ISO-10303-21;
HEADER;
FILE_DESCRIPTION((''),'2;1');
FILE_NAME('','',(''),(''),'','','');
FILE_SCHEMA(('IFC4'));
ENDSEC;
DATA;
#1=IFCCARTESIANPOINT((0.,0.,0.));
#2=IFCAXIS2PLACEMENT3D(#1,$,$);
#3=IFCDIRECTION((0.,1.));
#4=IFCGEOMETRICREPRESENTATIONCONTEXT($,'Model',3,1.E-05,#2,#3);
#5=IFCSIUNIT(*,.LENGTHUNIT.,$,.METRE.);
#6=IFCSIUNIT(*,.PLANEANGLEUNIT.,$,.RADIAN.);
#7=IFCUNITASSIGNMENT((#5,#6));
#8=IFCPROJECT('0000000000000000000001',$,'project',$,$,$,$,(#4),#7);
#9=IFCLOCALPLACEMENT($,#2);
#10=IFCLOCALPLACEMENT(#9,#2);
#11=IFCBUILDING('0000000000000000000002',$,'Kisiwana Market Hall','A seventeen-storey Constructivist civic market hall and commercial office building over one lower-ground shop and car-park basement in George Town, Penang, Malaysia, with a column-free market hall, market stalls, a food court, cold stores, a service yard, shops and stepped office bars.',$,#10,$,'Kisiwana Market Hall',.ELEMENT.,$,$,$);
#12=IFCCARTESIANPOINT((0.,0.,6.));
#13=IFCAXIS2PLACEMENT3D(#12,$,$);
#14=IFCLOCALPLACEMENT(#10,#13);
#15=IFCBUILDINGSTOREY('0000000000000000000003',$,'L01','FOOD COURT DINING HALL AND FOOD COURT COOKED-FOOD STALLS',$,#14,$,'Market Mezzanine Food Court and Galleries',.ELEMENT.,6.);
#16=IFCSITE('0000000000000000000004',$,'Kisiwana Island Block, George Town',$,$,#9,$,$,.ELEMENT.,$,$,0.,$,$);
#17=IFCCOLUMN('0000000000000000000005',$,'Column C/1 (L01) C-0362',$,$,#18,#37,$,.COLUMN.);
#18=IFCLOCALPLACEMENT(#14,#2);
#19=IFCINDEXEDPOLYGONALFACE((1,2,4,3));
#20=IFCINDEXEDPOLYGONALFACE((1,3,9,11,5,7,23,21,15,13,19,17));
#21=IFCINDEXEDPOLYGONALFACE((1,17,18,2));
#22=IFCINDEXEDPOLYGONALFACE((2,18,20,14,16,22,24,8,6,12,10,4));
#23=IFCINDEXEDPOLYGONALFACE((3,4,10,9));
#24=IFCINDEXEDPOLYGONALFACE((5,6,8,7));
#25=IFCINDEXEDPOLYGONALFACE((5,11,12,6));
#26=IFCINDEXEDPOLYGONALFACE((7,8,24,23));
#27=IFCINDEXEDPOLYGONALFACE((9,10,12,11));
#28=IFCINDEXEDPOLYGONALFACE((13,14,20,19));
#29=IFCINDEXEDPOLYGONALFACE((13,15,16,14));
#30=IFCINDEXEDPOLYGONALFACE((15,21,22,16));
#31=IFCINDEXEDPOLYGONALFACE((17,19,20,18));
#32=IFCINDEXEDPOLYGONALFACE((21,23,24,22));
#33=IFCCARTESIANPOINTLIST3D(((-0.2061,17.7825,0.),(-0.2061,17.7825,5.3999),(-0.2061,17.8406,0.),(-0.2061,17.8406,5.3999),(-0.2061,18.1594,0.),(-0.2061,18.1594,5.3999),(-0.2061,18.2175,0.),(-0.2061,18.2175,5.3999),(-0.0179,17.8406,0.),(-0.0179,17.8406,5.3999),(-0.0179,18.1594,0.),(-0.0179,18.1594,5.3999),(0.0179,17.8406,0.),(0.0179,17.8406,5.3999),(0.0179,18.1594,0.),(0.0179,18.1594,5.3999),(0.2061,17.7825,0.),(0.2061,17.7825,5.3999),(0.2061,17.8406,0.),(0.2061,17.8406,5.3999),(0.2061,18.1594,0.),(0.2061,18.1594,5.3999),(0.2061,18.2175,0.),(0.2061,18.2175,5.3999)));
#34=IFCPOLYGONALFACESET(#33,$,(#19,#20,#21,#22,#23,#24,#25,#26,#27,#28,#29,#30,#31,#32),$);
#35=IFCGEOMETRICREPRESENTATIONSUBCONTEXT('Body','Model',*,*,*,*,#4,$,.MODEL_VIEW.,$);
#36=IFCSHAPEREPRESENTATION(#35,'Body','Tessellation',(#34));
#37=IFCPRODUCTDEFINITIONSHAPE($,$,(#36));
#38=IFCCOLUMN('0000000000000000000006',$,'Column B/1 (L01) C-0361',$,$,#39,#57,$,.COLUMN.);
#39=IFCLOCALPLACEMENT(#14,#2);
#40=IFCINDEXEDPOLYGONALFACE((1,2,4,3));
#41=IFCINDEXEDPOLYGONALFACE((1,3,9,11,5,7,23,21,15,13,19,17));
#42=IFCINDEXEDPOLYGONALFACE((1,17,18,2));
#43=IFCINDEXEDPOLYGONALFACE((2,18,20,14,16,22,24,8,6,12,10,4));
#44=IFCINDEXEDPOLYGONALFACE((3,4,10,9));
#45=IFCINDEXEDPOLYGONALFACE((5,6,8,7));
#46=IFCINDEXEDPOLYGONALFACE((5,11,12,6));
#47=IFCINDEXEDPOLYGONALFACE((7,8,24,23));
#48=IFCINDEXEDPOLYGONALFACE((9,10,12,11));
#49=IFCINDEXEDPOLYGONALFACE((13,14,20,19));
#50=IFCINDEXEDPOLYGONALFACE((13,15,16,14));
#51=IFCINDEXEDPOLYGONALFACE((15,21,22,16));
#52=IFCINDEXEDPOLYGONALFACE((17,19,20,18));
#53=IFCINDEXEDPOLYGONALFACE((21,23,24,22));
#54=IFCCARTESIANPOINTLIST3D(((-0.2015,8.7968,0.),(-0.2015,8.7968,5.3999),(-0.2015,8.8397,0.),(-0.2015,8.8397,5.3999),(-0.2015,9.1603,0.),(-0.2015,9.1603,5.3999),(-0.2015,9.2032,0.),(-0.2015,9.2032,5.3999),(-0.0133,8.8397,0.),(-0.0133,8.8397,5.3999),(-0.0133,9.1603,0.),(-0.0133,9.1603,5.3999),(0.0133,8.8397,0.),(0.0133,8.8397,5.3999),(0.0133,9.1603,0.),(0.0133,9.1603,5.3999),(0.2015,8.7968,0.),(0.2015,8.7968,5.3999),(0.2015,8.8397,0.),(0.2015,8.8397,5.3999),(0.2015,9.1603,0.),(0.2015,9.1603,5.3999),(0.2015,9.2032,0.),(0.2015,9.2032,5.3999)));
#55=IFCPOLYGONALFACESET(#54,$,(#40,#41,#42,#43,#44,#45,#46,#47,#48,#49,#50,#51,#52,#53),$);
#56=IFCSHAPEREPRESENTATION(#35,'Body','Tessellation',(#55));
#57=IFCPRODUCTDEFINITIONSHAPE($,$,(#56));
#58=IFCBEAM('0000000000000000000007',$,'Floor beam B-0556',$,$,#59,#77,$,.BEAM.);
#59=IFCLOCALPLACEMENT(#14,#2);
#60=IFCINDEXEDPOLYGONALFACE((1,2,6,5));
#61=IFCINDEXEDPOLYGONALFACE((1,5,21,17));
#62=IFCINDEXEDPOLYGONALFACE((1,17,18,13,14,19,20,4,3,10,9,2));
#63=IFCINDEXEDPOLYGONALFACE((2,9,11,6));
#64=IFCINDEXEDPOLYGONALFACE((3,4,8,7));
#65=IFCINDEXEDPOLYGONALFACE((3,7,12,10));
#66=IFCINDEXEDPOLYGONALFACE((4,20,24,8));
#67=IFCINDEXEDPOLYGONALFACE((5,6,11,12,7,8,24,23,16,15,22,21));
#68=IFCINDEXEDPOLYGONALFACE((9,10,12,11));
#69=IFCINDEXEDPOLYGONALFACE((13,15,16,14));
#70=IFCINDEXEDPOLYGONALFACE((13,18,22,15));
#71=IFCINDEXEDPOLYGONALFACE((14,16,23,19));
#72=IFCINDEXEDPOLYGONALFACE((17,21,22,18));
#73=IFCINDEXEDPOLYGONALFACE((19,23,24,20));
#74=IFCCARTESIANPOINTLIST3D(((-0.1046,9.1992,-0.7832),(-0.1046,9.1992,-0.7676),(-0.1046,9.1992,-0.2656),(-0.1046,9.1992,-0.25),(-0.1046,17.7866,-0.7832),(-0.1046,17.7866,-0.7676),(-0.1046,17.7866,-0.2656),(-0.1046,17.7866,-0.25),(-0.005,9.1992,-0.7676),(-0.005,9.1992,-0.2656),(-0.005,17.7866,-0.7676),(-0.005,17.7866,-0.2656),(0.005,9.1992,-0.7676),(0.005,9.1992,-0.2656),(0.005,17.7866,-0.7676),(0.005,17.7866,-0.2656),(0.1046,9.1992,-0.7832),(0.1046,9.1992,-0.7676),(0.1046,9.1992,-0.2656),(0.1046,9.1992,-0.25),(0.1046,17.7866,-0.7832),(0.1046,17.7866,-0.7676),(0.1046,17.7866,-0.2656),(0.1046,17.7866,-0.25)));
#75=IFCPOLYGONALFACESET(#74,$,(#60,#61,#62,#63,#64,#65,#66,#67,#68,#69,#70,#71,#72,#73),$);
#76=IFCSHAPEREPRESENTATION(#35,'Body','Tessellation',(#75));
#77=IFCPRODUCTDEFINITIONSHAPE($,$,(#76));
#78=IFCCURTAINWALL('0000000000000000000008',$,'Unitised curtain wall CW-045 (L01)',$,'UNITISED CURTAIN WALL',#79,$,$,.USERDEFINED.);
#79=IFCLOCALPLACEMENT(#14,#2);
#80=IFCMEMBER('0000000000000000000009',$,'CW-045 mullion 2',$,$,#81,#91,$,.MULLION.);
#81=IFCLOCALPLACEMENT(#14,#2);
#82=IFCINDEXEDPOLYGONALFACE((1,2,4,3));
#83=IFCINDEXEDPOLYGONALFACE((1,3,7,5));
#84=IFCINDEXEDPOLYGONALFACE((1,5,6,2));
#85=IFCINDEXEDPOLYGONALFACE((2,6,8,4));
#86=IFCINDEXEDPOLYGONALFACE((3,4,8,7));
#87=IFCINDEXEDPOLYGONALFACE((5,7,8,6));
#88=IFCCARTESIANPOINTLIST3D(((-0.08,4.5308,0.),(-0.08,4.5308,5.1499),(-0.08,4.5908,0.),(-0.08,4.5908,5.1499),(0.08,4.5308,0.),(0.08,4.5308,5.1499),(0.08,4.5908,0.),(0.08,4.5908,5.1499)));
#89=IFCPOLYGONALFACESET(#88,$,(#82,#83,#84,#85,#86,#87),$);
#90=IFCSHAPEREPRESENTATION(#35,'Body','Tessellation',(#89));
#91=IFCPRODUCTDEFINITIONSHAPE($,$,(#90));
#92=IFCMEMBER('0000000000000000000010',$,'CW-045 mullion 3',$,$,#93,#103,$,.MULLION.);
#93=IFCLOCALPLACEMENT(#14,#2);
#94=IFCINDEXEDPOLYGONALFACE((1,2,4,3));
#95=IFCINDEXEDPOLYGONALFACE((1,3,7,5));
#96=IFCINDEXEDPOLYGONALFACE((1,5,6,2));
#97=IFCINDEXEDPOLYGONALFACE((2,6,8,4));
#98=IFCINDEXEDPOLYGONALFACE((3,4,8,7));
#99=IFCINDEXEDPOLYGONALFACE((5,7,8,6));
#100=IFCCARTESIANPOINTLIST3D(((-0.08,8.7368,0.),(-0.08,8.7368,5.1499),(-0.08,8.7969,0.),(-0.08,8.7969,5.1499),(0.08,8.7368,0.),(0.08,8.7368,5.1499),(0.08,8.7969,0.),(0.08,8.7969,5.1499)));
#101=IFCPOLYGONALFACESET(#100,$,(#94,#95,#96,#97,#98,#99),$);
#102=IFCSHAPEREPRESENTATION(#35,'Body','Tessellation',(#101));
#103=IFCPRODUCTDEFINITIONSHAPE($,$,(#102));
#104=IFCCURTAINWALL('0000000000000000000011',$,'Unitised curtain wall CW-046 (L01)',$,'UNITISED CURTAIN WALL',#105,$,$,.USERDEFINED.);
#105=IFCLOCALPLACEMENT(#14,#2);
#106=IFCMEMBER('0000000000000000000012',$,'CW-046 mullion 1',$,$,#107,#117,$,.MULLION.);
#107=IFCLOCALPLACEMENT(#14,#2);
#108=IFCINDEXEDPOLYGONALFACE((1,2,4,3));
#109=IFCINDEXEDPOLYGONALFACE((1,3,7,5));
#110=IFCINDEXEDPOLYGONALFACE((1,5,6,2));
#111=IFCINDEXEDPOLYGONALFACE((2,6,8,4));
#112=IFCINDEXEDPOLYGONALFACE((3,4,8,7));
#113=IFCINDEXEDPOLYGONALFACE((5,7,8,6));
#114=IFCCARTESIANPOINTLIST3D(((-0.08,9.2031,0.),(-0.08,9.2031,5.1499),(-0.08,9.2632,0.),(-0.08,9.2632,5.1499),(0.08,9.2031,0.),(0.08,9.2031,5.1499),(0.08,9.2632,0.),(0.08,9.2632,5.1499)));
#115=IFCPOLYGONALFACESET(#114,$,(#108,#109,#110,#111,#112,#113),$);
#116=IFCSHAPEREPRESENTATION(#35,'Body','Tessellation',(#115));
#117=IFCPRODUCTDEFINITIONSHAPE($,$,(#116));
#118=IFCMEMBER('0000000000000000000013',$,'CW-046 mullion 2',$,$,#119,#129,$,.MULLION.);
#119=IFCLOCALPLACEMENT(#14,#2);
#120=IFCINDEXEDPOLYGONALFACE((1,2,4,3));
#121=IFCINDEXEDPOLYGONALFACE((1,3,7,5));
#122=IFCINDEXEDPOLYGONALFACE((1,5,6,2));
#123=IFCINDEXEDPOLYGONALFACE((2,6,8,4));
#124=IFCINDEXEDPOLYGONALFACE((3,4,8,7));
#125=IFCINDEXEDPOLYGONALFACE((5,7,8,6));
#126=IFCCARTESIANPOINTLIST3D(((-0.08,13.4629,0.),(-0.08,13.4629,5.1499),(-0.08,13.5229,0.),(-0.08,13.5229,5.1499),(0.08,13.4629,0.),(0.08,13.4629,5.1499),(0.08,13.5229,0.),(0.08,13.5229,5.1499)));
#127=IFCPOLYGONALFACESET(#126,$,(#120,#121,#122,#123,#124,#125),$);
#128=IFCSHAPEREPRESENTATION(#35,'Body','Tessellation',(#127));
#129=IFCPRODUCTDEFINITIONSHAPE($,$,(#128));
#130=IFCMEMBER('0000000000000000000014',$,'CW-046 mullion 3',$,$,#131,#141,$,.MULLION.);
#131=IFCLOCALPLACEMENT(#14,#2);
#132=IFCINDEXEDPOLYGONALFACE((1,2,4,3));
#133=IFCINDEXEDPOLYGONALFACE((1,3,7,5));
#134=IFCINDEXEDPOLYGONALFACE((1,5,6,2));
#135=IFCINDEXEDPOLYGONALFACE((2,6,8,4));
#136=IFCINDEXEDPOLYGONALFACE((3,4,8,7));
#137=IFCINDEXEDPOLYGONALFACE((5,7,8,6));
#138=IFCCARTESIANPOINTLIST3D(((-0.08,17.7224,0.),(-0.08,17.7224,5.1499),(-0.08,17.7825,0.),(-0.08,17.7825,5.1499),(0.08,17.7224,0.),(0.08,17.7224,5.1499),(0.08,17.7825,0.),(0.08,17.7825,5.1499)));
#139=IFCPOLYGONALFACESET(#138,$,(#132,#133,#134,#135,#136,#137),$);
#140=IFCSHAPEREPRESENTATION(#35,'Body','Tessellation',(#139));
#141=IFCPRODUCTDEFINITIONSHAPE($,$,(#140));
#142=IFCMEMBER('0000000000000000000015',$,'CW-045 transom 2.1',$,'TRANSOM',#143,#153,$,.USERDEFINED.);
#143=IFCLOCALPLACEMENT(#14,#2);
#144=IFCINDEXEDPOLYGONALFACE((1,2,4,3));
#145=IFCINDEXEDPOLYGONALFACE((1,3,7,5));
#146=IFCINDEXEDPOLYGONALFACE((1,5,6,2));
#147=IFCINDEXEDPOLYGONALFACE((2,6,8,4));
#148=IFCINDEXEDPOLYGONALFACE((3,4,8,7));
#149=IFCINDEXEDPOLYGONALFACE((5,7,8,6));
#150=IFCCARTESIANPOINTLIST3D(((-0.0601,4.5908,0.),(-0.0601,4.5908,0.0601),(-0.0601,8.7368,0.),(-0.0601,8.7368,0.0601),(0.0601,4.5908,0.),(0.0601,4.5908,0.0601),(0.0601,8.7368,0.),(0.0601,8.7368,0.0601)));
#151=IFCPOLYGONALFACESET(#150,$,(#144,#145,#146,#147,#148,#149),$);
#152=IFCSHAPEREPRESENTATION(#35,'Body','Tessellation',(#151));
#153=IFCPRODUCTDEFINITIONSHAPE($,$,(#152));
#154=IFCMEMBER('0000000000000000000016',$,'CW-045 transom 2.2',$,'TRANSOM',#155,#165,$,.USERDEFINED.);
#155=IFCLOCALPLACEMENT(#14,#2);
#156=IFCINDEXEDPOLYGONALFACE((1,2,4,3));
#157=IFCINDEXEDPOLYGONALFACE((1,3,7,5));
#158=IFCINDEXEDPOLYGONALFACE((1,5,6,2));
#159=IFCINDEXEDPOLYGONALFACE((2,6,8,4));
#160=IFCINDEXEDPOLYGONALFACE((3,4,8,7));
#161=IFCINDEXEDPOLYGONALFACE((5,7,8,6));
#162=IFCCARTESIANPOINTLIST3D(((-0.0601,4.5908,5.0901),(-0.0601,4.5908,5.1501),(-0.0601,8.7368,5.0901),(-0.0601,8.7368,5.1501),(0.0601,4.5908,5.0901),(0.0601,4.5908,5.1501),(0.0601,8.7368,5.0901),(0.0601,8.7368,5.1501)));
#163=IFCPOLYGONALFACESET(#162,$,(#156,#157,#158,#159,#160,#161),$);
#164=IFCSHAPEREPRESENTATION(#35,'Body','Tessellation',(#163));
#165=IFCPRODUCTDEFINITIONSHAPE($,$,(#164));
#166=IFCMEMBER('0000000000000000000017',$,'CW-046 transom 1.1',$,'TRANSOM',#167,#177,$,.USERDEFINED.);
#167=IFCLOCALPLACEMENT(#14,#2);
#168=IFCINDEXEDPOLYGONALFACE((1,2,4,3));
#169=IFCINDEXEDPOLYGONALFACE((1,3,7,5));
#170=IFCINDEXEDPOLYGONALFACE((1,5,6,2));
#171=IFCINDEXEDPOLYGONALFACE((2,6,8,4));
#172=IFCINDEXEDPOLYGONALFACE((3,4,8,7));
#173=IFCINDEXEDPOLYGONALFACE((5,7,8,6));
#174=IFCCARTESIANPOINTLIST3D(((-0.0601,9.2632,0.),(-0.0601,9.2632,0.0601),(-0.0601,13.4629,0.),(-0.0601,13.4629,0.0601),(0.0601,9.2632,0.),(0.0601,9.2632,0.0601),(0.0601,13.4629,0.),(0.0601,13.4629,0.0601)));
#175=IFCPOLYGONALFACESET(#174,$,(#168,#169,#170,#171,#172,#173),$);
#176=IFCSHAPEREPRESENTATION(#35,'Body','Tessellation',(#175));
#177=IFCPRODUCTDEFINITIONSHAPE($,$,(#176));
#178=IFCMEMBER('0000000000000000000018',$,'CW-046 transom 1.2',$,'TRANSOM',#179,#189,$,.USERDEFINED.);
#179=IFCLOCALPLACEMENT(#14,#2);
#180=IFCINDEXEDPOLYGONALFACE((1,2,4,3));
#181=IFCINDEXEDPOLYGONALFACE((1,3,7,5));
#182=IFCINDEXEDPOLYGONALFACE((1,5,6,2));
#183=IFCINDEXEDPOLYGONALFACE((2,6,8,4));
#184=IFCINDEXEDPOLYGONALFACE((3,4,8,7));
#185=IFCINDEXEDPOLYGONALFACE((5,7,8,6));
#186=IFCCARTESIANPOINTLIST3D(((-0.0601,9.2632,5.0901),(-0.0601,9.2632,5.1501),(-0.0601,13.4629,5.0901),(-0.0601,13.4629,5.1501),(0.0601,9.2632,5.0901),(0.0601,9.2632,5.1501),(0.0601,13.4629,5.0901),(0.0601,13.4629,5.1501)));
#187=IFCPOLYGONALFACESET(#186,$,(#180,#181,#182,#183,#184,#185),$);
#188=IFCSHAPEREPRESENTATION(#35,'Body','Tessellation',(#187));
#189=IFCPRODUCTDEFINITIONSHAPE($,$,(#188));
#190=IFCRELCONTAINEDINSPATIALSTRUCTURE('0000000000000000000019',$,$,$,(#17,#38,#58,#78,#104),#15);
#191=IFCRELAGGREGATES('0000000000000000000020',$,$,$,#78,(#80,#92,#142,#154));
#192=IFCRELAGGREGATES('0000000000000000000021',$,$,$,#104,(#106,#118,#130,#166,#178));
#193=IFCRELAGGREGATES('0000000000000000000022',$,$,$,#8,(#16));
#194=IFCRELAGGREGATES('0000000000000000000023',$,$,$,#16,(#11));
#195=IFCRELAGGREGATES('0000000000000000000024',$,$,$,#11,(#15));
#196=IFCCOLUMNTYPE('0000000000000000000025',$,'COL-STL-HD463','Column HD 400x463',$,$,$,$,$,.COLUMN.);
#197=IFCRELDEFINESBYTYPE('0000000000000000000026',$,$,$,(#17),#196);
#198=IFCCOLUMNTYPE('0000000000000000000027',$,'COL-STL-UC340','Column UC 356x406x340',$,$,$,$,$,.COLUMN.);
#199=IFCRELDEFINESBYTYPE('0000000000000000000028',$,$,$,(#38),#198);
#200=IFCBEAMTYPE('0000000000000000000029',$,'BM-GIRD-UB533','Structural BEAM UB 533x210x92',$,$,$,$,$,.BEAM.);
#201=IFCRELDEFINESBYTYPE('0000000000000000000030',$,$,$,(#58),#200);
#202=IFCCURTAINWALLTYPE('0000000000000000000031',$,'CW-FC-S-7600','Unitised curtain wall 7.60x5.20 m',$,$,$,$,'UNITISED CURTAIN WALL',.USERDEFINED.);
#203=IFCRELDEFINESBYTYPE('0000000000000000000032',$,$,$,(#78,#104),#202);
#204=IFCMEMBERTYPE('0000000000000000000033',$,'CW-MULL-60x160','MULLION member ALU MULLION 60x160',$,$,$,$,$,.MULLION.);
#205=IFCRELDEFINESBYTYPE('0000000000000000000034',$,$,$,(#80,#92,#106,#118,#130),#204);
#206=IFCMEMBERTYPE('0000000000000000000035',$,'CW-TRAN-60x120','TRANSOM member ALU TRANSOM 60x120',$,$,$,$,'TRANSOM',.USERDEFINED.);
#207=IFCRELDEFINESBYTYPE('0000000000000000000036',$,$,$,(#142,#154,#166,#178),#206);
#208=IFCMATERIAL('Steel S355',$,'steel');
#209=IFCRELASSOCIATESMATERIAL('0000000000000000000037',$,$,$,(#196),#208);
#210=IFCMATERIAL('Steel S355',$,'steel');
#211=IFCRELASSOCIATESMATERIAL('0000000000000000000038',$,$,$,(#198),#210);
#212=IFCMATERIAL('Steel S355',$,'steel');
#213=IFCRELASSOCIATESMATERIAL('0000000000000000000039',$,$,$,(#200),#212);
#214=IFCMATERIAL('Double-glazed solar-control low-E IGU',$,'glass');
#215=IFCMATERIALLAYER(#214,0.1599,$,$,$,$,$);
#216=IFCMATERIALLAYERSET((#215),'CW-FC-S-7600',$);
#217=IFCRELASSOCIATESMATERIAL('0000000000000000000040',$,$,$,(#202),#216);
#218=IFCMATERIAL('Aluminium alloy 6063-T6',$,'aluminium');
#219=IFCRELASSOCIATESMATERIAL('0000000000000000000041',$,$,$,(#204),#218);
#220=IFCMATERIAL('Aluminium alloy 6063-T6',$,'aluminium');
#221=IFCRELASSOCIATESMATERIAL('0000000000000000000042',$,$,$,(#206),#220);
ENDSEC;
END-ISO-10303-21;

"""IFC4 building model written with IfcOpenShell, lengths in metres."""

from ifc_helpers import new_model, si_unit, direction, frame, origin, origin_2d, place, context, subcontext, project, spatial, rectangle, i_section, extrude, material, layer, layer_set, material_profile, profile_set, type_object, element, aggregate, save


model = new_model("IFC4")

# Units and contexts
model_context = context("Model", 3, precision=1e-05, world=origin(), true_north=direction((0.0, 1.0)))
body_context = subcontext(model_context, "Body", "Model", "MODEL_VIEW")
ifc_project = project(units=[si_unit("LENGTHUNIT", "METRE"), si_unit("PLANEANGLEUNIT", "RADIAN")], contexts=[model_context])

# Site, building, storey
site_placement = place(None, origin())
site = spatial("IfcSite", under=ifc_project, at=site_placement, Name="Kisiwana Island Block, George Town", CompositionType="ELEMENT", RefElevation=0.0)
building_placement = place(site_placement, origin())
building = spatial("IfcBuilding", under=site, at=building_placement, Name="Kisiwana Market Hall", Description="A seventeen-storey Constructivist civic market hall and commercial office building over one lower-ground shop and car-park basement in George Town, Penang, Malaysia, with a column-free market hall, market stalls, a food court, cold stores, a service yard, shops and stepped office bars.", LongName="Kisiwana Market Hall", CompositionType="ELEMENT")
storey_placement = place(building_placement, frame((0.0, 0.0, 6.0)))
storey = spatial("IfcBuildingStorey", under=building, at=storey_placement, Name="L01", Description="FOOD COURT DINING HALL AND FOOD COURT COOKED-FOOD STALLS", LongName="Market Mezzanine Food Court and Galleries", CompositionType="ELEMENT", Elevation=6.0)

# Columns
ifc_material_1 = material(Name="Steel S355", Category="steel")
ifc_material_profile_1 = material_profile(ifc_material_1, i_section(OverallWidth=0.4121, OverallDepth=0.4351, WebThickness=0.0359, FlangeThickness=0.0581, at=origin_2d()), Name="HD 400x463")
ifc_profile_set_1 = profile_set([ifc_material_profile_1], Name="Steel S355")
column_type_1 = type_object("IfcColumnType", Name="COL-STL-HD463", Description="Column HD 400x463", PredefinedType="COLUMN", material=ifc_profile_set_1)
column_1_placement = place(storey_placement, frame((0.0, 18.0, 0.0), z_axis=(0.0, 0.0, 1.0), x_axis=(1.0, 0.0, 0.0)))
element("IfcColumn", 1, at=column_1_placement, inside=storey, type_object=column_type_1, Name="Column C/1 (L01) C-0362", PredefinedType="COLUMN", context=body_context, shape_type="SweptSolid", body=[
    extrude(i_section(OverallWidth=0.4121, OverallDepth=0.4351, WebThickness=0.0359, FlangeThickness=0.0581, at=origin_2d()), origin(), (0.0, 0.0, 1.0), 5.3999),
])
ifc_material_2 = material(Name="Steel S355", Category="steel")
ifc_material_profile_2 = material_profile(ifc_material_2, i_section(OverallWidth=0.4031, OverallDepth=0.4065, WebThickness=0.0266, FlangeThickness=0.043, at=origin_2d()), Name="UC 356x406x340")
ifc_profile_set_2 = profile_set([ifc_material_profile_2], Name="Steel S355")
column_type_2 = type_object("IfcColumnType", Name="COL-STL-UC340", Description="Column UC 356x406x340", PredefinedType="COLUMN", material=ifc_profile_set_2)
column_2_placement = place(storey_placement, frame((0.0, 9.0, 0.0), z_axis=(0.0, 0.0, 1.0), x_axis=(1.0, 0.0, 0.0)))
element("IfcColumn", 2, at=column_2_placement, inside=storey, type_object=column_type_2, Name="Column B/1 (L01) C-0361", PredefinedType="COLUMN", context=body_context, shape_type="SweptSolid", body=[
    extrude(i_section(OverallWidth=0.4031, OverallDepth=0.4065, WebThickness=0.0266, FlangeThickness=0.043, at=origin_2d()), origin(), (0.0, 0.0, 1.0), 5.3999),
])

# Beam
ifc_material_3 = material(Name="Steel S355", Category="steel")
ifc_material_profile_3 = material_profile(ifc_material_3, i_section(OverallWidth=0.2092, OverallDepth=0.5332, WebThickness=0.01, FlangeThickness=0.0156, at=origin_2d()), Name="UB 533x210x92")
ifc_profile_set_3 = profile_set([ifc_material_profile_3], Name="Steel S355")
beam_type = type_object("IfcBeamType", Name="BM-GIRD-UB533", Description="Structural BEAM UB 533x210x92", PredefinedType="BEAM", material=ifc_profile_set_3)
beam_placement = place(storey_placement, frame((0.0, 9.1992, -0.5166), z_axis=(0.0, 1.0, 0.0), x_axis=(-1.0, 0.0, 0.0)))
element("IfcBeam", 3, at=beam_placement, inside=storey, type_object=beam_type, Name="Floor beam B-0556", PredefinedType="BEAM", context=body_context, shape_type="SweptSolid", body=[
    extrude(i_section(OverallWidth=0.2092, OverallDepth=0.5332, WebThickness=0.01, FlangeThickness=0.0156, at=origin_2d()), origin(), (0.0, 0.0, 1.0), 8.5874),
])

# Curtain walls, members
ifc_material_4 = material(Name="Double-glazed solar-control low-E IGU", Category="glass")
ifc_layer_1 = layer(ifc_material_4, 0.1599)
ifc_layer_set_1 = layer_set([ifc_layer_1], Name="CW-FC-S-7600")
curtain_wall_type = type_object("IfcCurtainWallType", Name="CW-FC-S-7600", Description="Unitised curtain wall 7.60x5.20 m", ElementType="UNITISED CURTAIN WALL", PredefinedType="USERDEFINED", material=ifc_layer_set_1)
curtain_wall_1_placement = place(storey_placement, origin())
curtain_wall_1 = element("IfcCurtainWall", 4, at=curtain_wall_1_placement, inside=storey, type_object=curtain_wall_type, Name="Unitised curtain wall CW-045 (L01)", ObjectType="UNITISED CURTAIN WALL", PredefinedType="USERDEFINED")
ifc_material_5 = material(Name="Aluminium alloy 6063-T6", Category="aluminium")
ifc_material_profile_4 = material_profile(ifc_material_5, rectangle(XDim=0.0601, YDim=0.1599, at=origin_2d()), Name="ALU MULLION 60x160")
ifc_profile_set_4 = profile_set([ifc_material_profile_4], Name="Aluminium alloy 6063-T6")
member_type_1 = type_object("IfcMemberType", Name="CW-MULL-60x160", Description="MULLION member ALU MULLION 60x160", PredefinedType="MULLION", material=ifc_profile_set_4)
member_1_placement = place(storey_placement, frame((0.0, 4.5608, 0.0), z_axis=(0.0, 0.0, 1.0), x_axis=(0.0, 1.0, 0.0)))
member_1 = element("IfcMember", 5, at=member_1_placement, type_object=member_type_1, Name="CW-045 mullion 2", PredefinedType="MULLION", context=body_context, shape_type="SweptSolid", body=[
    extrude(rectangle(XDim=0.0601, YDim=0.1599, at=origin_2d()), origin(), (0.0, 0.0, 1.0), 5.1499),
])
member_2_placement = place(storey_placement, frame((0.0, 8.7668, 0.0), z_axis=(0.0, 0.0, 1.0), x_axis=(0.0, 1.0, 0.0)))
member_2 = element("IfcMember", 6, at=member_2_placement, type_object=member_type_1, Name="CW-045 mullion 3", PredefinedType="MULLION", context=body_context, shape_type="SweptSolid", body=[
    extrude(rectangle(XDim=0.0601, YDim=0.1599, at=origin_2d()), origin(), (0.0, 0.0, 1.0), 5.1499),
])
curtain_wall_2_placement = place(storey_placement, origin())
curtain_wall_2 = element("IfcCurtainWall", 7, at=curtain_wall_2_placement, inside=storey, type_object=curtain_wall_type, Name="Unitised curtain wall CW-046 (L01)", ObjectType="UNITISED CURTAIN WALL", PredefinedType="USERDEFINED")
member_3_placement = place(storey_placement, frame((0.0, 9.2332, 0.0), z_axis=(0.0, 0.0, 1.0), x_axis=(0.0, 1.0, 0.0)))
member_3 = element("IfcMember", 8, at=member_3_placement, type_object=member_type_1, Name="CW-046 mullion 1", PredefinedType="MULLION", context=body_context, shape_type="SweptSolid", body=[
    extrude(rectangle(XDim=0.0601, YDim=0.1599, at=origin_2d()), origin(), (0.0, 0.0, 1.0), 5.1499),
])
member_4_placement = place(storey_placement, frame((0.0, 13.4929, 0.0), z_axis=(0.0, 0.0, 1.0), x_axis=(0.0, 1.0, 0.0)))
member_4 = element("IfcMember", 9, at=member_4_placement, type_object=member_type_1, Name="CW-046 mullion 2", PredefinedType="MULLION", context=body_context, shape_type="SweptSolid", body=[
    extrude(rectangle(XDim=0.0601, YDim=0.1599, at=origin_2d()), origin(), (0.0, 0.0, 1.0), 5.1499),
])
member_5_placement = place(storey_placement, frame((0.0, 17.7524, 0.0), z_axis=(0.0, 0.0, 1.0), x_axis=(0.0, 1.0, 0.0)))
member_5 = element("IfcMember", 10, at=member_5_placement, type_object=member_type_1, Name="CW-046 mullion 3", PredefinedType="MULLION", context=body_context, shape_type="SweptSolid", body=[
    extrude(rectangle(XDim=0.0601, YDim=0.1599, at=origin_2d()), origin(), (0.0, 0.0, 1.0), 5.1499),
])

# Members
ifc_material_6 = material(Name="Aluminium alloy 6063-T6", Category="aluminium")
ifc_material_profile_5 = material_profile(ifc_material_6, rectangle(XDim=0.1201, YDim=0.0601, at=origin_2d()), Name="ALU TRANSOM 60x120")
ifc_profile_set_5 = profile_set([ifc_material_profile_5], Name="Aluminium alloy 6063-T6")
member_type_2 = type_object("IfcMemberType", Name="CW-TRAN-60x120", Description="TRANSOM member ALU TRANSOM 60x120", ElementType="TRANSOM", PredefinedType="USERDEFINED", material=ifc_profile_set_5)
member_6_placement = place(storey_placement, frame((0.0, 4.5908, 0.03), z_axis=(0.0, 1.0, 0.0), x_axis=(-1.0, 0.0, 0.0)))
member_6 = element("IfcMember", 11, at=member_6_placement, type_object=member_type_2, Name="CW-045 transom 2.1", ObjectType="TRANSOM", PredefinedType="USERDEFINED", context=body_context, shape_type="SweptSolid", body=[
    extrude(rectangle(XDim=0.1201, YDim=0.0601, at=origin_2d()), origin(), (0.0, 0.0, 1.0), 4.146),
])
member_7_placement = place(storey_placement, frame((0.0, 4.5908, 5.1201), z_axis=(0.0, 1.0, 0.0), x_axis=(-1.0, 0.0, 0.0)))
member_7 = element("IfcMember", 12, at=member_7_placement, type_object=member_type_2, Name="CW-045 transom 2.2", ObjectType="TRANSOM", PredefinedType="USERDEFINED", context=body_context, shape_type="SweptSolid", body=[
    extrude(rectangle(XDim=0.1201, YDim=0.0601, at=origin_2d()), origin(), (0.0, 0.0, 1.0), 4.146),
])
member_8_placement = place(storey_placement, frame((0.0, 9.2632, 0.03), z_axis=(0.0, 1.0, 0.0), x_axis=(-1.0, 0.0, 0.0)))
member_8 = element("IfcMember", 13, at=member_8_placement, type_object=member_type_2, Name="CW-046 transom 1.1", ObjectType="TRANSOM", PredefinedType="USERDEFINED", context=body_context, shape_type="SweptSolid", body=[
    extrude(rectangle(XDim=0.1201, YDim=0.0601, at=origin_2d()), origin(), (0.0, 0.0, 1.0), 4.1997),
])
member_9_placement = place(storey_placement, frame((0.0, 9.2632, 5.1201), z_axis=(0.0, 1.0, 0.0), x_axis=(-1.0, 0.0, 0.0)))
member_9 = element("IfcMember", 14, at=member_9_placement, type_object=member_type_2, Name="CW-046 transom 1.2", ObjectType="TRANSOM", PredefinedType="USERDEFINED", context=body_context, shape_type="SweptSolid", body=[
    extrude(rectangle(XDim=0.1201, YDim=0.0601, at=origin_2d()), origin(), (0.0, 0.0, 1.0), 4.1997),
])

aggregate(curtain_wall_1, [member_1, member_2, member_6, member_7])
aggregate(curtain_wall_2, [member_3, member_4, member_5, member_8, member_9])

save(model, "model.ifc")
